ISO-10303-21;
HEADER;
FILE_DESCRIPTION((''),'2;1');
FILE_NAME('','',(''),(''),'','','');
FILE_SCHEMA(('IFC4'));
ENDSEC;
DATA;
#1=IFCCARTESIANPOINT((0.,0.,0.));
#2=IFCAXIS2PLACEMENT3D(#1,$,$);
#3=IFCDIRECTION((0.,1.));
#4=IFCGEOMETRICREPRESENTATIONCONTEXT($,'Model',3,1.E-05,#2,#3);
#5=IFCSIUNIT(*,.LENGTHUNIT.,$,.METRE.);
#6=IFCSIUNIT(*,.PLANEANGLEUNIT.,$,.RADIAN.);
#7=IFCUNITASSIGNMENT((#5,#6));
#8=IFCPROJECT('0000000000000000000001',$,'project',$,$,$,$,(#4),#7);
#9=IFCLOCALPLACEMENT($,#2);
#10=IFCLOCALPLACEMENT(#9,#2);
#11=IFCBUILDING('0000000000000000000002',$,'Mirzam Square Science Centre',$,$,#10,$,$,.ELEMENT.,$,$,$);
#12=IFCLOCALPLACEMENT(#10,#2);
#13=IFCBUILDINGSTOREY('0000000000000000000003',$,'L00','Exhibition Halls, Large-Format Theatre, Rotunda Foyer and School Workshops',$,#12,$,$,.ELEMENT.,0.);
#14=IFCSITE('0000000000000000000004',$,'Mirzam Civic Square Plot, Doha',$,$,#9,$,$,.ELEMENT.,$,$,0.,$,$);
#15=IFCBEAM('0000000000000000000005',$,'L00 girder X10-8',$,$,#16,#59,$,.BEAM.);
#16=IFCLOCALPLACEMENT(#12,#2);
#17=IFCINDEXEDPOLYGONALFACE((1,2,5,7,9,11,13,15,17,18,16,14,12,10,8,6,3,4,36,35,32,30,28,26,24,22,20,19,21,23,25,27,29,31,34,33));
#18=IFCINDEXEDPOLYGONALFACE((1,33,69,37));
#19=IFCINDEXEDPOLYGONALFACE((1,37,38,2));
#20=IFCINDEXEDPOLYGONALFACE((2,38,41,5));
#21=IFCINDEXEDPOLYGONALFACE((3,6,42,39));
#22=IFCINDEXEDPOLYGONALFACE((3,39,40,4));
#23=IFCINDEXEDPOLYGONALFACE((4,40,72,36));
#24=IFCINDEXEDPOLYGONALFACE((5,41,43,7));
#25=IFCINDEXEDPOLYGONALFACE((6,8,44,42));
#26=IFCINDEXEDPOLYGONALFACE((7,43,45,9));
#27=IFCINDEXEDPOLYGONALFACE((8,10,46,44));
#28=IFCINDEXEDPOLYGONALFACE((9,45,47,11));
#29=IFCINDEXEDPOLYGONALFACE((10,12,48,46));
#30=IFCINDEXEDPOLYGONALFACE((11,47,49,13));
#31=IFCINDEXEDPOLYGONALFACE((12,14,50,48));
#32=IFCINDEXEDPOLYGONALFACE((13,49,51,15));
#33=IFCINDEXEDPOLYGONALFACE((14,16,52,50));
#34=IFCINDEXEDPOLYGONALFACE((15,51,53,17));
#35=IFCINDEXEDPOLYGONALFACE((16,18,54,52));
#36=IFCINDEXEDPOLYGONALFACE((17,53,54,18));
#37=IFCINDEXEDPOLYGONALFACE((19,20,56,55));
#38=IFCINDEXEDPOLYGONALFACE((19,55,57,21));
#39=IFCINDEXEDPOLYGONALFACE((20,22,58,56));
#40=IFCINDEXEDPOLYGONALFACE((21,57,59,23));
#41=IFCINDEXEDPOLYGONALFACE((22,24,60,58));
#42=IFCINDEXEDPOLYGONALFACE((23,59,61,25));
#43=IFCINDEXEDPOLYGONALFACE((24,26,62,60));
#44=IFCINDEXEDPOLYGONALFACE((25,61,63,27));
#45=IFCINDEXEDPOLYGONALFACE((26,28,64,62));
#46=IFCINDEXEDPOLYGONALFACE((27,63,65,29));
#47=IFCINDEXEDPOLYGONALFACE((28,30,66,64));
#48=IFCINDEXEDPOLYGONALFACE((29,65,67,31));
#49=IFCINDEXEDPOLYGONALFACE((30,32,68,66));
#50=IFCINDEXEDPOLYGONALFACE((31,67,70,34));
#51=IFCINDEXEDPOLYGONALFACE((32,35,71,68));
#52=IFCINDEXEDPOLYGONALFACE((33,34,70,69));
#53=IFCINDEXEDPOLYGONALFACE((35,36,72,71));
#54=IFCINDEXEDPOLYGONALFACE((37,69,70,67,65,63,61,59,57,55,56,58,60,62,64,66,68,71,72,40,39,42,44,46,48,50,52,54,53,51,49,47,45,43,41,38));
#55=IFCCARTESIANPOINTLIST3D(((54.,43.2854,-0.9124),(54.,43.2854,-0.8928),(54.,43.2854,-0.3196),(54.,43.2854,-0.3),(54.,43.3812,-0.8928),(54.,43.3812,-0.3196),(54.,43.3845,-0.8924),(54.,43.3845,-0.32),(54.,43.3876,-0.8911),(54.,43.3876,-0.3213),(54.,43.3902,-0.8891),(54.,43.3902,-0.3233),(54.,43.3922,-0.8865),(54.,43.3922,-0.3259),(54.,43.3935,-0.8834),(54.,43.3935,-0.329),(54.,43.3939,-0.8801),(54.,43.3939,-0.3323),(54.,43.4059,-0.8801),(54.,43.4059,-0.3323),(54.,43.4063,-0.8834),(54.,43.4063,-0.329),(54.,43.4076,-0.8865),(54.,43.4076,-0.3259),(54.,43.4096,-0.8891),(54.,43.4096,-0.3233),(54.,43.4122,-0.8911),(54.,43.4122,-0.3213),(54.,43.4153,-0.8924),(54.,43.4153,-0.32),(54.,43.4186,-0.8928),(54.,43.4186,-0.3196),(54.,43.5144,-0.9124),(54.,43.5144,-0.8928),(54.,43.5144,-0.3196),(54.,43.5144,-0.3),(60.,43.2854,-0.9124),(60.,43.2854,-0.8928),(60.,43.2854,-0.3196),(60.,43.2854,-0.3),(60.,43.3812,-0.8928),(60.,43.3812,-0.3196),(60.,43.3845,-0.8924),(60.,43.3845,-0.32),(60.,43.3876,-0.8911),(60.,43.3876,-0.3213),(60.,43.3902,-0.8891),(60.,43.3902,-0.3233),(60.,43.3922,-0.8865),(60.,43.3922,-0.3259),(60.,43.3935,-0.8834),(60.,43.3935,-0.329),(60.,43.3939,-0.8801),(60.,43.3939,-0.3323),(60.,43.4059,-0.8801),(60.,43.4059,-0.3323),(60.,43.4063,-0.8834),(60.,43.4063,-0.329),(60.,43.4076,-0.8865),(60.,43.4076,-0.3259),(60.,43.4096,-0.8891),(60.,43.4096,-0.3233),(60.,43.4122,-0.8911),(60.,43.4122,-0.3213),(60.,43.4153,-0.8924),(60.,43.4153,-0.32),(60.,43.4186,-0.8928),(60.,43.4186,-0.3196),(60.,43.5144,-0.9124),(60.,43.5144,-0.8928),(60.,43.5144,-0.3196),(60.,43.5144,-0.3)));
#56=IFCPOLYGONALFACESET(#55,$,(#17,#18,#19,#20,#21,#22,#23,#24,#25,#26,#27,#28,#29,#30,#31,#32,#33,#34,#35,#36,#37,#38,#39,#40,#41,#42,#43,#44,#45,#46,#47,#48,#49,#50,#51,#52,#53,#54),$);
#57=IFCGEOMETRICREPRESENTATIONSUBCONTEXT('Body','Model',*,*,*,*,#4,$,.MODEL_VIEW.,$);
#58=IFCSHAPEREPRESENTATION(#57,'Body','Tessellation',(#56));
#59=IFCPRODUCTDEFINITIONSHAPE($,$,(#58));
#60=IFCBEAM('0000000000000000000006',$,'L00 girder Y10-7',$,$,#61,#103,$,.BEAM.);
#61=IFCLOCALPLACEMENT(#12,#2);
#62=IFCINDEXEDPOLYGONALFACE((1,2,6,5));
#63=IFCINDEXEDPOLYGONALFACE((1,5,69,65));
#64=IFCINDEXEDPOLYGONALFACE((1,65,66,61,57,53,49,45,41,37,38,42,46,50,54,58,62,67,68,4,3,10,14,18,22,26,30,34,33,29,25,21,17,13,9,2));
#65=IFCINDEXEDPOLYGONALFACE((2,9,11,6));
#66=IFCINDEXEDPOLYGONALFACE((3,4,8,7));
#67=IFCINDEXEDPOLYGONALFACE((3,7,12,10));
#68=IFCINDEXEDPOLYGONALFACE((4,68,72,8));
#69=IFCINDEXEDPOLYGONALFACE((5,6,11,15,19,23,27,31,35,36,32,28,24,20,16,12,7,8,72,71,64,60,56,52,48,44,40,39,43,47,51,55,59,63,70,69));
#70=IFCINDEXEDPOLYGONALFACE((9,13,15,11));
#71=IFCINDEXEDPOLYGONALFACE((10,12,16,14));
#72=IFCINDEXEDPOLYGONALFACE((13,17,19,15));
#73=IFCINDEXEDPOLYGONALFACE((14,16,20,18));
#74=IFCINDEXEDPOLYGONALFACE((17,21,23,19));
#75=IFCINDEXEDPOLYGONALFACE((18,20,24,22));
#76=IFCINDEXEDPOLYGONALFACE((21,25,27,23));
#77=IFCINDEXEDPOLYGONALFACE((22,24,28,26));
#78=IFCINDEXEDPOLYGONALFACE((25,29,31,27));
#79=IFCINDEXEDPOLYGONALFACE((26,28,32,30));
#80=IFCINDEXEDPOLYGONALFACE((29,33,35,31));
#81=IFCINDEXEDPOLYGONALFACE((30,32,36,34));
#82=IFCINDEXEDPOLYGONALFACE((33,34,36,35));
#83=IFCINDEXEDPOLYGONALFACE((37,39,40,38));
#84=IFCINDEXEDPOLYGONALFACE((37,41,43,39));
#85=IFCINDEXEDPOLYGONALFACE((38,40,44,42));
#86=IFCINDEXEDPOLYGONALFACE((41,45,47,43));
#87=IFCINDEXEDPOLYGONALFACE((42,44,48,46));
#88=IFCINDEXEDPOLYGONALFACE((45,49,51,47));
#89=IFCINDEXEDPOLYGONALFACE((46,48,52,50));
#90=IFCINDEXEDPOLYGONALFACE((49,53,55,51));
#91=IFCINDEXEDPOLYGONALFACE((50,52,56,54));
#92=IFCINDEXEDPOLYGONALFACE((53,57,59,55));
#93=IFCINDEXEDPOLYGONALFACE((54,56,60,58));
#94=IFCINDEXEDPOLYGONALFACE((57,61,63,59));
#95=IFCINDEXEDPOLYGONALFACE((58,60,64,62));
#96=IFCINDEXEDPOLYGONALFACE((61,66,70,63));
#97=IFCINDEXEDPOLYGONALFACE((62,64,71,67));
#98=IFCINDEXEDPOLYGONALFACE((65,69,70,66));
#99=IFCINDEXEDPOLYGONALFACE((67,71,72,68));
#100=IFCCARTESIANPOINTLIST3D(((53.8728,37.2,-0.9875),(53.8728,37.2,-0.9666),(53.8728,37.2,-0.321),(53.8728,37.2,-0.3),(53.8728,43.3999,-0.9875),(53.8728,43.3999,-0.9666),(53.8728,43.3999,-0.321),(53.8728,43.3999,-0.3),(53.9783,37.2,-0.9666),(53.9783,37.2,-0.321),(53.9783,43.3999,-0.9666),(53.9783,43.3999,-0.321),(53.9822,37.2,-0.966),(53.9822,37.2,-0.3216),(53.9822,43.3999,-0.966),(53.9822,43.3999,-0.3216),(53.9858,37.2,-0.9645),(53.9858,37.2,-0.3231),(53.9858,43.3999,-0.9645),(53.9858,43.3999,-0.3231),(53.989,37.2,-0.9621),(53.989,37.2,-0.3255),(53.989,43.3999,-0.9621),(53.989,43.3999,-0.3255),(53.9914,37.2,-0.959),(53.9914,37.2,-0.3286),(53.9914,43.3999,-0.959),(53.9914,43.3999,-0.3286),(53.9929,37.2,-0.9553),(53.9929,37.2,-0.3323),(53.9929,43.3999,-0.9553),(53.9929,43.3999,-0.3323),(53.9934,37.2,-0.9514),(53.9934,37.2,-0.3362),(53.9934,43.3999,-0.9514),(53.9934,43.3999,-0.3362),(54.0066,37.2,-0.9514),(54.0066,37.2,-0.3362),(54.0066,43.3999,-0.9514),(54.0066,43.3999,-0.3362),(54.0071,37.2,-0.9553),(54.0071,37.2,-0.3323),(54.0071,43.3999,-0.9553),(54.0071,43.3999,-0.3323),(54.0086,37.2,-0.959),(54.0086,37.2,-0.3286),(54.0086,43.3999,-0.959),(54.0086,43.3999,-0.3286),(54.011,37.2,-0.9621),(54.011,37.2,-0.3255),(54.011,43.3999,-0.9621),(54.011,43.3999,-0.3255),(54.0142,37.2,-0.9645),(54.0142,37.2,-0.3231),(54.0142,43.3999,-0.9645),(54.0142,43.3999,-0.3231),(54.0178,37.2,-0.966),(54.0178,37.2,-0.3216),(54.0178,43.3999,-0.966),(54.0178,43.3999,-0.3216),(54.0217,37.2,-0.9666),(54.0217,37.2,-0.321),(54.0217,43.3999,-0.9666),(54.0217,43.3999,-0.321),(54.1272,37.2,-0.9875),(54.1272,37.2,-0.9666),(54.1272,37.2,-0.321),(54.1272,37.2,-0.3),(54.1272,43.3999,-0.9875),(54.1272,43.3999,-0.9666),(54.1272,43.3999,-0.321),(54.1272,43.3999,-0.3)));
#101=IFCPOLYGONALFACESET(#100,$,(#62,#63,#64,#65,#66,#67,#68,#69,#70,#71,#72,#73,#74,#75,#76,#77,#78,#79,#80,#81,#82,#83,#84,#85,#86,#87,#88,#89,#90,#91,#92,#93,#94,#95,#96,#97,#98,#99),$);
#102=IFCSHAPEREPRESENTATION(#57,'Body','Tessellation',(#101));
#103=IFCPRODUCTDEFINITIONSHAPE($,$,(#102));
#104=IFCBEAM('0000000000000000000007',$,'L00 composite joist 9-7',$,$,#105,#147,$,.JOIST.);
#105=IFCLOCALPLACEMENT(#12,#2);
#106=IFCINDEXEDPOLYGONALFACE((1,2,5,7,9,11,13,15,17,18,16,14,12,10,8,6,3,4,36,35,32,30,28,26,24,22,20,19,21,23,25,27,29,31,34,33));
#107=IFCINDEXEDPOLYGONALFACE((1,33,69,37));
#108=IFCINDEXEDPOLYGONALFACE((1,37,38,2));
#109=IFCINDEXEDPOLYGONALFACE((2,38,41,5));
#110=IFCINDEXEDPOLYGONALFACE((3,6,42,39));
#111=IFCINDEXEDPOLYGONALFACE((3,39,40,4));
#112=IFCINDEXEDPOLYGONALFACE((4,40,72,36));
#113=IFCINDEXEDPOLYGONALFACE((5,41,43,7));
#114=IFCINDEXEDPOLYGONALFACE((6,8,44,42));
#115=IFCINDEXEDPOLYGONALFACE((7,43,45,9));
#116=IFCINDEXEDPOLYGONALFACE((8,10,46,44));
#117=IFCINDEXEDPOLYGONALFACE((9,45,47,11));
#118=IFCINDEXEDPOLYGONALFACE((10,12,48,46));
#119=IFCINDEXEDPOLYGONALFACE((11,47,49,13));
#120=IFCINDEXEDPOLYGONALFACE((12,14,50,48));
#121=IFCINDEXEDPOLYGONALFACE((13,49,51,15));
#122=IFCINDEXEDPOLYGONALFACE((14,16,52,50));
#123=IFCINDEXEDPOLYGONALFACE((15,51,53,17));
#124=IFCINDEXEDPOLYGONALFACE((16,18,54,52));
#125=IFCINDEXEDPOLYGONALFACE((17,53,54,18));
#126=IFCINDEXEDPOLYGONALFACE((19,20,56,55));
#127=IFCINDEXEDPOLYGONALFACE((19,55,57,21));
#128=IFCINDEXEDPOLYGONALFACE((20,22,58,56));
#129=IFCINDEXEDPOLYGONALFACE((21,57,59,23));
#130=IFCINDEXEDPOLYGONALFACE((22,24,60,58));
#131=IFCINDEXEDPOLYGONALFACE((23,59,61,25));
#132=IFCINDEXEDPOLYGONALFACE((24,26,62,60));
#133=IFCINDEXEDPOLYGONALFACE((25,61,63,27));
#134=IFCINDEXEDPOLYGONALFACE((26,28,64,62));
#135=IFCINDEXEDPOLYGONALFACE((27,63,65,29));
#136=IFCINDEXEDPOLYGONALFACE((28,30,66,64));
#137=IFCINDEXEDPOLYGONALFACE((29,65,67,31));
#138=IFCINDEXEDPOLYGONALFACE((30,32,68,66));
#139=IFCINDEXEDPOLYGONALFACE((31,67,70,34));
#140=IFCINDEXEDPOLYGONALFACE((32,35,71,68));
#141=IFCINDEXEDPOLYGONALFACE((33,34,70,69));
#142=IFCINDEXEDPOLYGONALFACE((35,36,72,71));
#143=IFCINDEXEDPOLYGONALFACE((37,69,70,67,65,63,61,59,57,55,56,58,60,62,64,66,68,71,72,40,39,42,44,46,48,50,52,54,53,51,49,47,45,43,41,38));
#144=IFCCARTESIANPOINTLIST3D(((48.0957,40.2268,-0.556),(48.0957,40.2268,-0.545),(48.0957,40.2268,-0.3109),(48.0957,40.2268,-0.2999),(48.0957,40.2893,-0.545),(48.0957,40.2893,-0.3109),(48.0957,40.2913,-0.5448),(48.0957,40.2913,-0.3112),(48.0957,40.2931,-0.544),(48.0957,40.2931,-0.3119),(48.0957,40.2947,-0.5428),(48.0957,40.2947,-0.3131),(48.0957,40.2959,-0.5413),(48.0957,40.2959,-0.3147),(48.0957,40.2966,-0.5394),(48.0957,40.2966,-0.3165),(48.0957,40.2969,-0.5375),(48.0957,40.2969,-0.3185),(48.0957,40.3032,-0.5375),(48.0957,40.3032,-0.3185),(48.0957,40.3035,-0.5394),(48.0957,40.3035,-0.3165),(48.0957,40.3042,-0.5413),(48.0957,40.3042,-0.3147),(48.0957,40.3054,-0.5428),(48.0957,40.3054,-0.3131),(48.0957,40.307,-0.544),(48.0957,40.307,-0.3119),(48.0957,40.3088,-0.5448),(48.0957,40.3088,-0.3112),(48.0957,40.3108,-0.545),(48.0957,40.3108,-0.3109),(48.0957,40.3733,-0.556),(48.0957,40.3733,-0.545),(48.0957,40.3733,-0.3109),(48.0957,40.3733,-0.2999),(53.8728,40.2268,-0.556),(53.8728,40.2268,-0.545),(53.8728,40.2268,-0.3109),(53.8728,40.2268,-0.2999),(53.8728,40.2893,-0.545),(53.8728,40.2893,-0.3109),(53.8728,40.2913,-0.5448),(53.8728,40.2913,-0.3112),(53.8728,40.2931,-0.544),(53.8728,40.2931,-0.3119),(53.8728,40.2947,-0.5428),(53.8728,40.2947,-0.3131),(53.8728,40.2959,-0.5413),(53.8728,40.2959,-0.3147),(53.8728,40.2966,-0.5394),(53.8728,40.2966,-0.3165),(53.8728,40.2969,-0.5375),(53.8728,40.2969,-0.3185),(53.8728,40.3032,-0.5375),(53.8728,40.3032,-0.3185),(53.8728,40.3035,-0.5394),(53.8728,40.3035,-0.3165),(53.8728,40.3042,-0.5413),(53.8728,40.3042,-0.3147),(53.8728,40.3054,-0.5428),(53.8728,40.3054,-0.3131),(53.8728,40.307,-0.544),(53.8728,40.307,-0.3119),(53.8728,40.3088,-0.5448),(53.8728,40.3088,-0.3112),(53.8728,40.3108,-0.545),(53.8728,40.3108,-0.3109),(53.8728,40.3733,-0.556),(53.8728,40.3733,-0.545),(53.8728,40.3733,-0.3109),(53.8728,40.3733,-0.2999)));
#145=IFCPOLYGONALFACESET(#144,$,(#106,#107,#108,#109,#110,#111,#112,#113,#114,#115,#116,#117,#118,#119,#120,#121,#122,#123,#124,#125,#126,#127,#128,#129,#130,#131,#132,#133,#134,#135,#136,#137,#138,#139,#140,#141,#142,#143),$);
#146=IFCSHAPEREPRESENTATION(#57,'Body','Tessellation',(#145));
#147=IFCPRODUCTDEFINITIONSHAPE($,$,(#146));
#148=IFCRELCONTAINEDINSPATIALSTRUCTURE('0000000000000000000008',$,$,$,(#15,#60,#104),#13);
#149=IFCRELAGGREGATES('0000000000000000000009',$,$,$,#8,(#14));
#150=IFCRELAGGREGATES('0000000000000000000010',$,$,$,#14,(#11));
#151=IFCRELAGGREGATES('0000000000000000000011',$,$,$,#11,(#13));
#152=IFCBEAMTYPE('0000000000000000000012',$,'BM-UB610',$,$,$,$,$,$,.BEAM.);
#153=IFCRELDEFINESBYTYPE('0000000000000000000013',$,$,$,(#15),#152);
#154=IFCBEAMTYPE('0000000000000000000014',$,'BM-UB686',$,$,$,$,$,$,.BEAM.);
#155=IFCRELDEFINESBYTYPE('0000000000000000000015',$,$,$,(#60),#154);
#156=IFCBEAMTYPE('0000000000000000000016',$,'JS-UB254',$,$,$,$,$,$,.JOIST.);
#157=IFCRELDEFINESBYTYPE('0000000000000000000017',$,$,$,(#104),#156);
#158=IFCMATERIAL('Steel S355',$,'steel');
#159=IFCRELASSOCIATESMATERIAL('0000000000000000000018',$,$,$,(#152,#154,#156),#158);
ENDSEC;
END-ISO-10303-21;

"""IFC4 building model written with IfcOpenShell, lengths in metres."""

from ifc_helpers import new_model, si_unit, direction, frame, origin, origin_2d, place, context, subcontext, project, spatial, i_section, extrude, material, material_profile, profile_set, type_object, element, save


model = new_model("IFC4")

# Units and contexts
model_context = context("Model", 3, precision=1e-05, world=origin(), true_north=direction((0.0, 1.0)))
body_context = subcontext(model_context, "Body", "Model", "MODEL_VIEW")
ifc_project = project(units=[si_unit("LENGTHUNIT", "METRE"), si_unit("PLANEANGLEUNIT", "RADIAN")], contexts=[model_context])

# Site, building, storey
site_placement = place(None, origin())
site = spatial("IfcSite", under=ifc_project, at=site_placement, Name="Mirzam Civic Square Plot, Doha", CompositionType="ELEMENT", RefElevation=0.0)
building_placement = place(site_placement, origin())
building = spatial("IfcBuilding", under=site, at=building_placement, Name="Mirzam Square Science Centre", CompositionType="ELEMENT")
storey_placement = place(building_placement, origin())
storey = spatial("IfcBuildingStorey", under=building, at=storey_placement, Name="L00", Description="Exhibition Halls, Large-Format Theatre, Rotunda Foyer and School Workshops", CompositionType="ELEMENT", Elevation=0.0)

# Shared definitions
ifc_material_1 = material(Name="Steel S355", Category="steel")

# Beams
ifc_material_profile_1 = material_profile(ifc_material_1, i_section(OverallWidth=0.229, OverallDepth=0.6123, WebThickness=0.012, FlangeThickness=0.0195, FilletRadius=0.0127, at=origin_2d()), Name="610x229x125UB")
ifc_profile_set_1 = profile_set([ifc_material_profile_1], Name="Steel S355")
beam_type_1 = type_object("IfcBeamType", Name="BM-UB610", PredefinedType="BEAM", material=ifc_profile_set_1)
beam_1_placement = place(storey_placement, frame((54.0, 43.3999, -0.6062), z_axis=(1.0, 0.0, 0.0), x_axis=(0.0, 1.0, 0.0)))
element("IfcBeam", 1, at=beam_1_placement, inside=storey, type_object=beam_type_1, Name="L00 girder X10-8", PredefinedType="BEAM", context=body_context, shape_type="SweptSolid", body=[
    extrude(i_section(OverallWidth=0.229, OverallDepth=0.6123, WebThickness=0.012, FlangeThickness=0.0195, FilletRadius=0.0127, at=origin_2d()), origin(), (0.0, 0.0, 1.0), 6.0),
])
ifc_material_profile_2 = material_profile(ifc_material_1, i_section(OverallWidth=0.2544, OverallDepth=0.6875, WebThickness=0.0132, FlangeThickness=0.021, FilletRadius=0.0151, at=origin_2d()), Name="686x254x152UB")
ifc_profile_set_2 = profile_set([ifc_material_profile_2], Name="Steel S355")
beam_type_2 = type_object("IfcBeamType", Name="BM-UB686", PredefinedType="BEAM", material=ifc_profile_set_2)
beam_2_placement = place(storey_placement, frame((54.0, 37.2, -0.6438), z_axis=(0.0, 1.0, 0.0), x_axis=(-1.0, 0.0, 0.0)))
element("IfcBeam", 2, at=beam_2_placement, inside=storey, type_object=beam_type_2, Name="L00 girder Y10-7", PredefinedType="BEAM", context=body_context, shape_type="SweptSolid", body=[
    extrude(i_section(OverallWidth=0.2544, OverallDepth=0.6875, WebThickness=0.0132, FlangeThickness=0.021, FilletRadius=0.0151, at=origin_2d()), origin(), (0.0, 0.0, 1.0), 6.2),
])
ifc_material_profile_3 = material_profile(ifc_material_1, i_section(OverallWidth=0.1465, OverallDepth=0.2561, WebThickness=0.0063, FlangeThickness=0.011, FilletRadius=0.0076, at=origin_2d()), Name="254x146x37UB")
ifc_profile_set_3 = profile_set([ifc_material_profile_3], Name="Steel S355")
beam_type_3 = type_object("IfcBeamType", Name="JS-UB254", PredefinedType="JOIST", material=ifc_profile_set_3)
beam_3_placement = place(storey_placement, frame((48.0957, 40.3, -0.428), z_axis=(1.0, 0.0, 0.0), x_axis=(0.0, 1.0, 0.0)))
element("IfcBeam", 3, at=beam_3_placement, inside=storey, type_object=beam_type_3, Name="L00 composite joist 9-7", PredefinedType="JOIST", context=body_context, shape_type="SweptSolid", body=[
    extrude(i_section(OverallWidth=0.1465, OverallDepth=0.2561, WebThickness=0.0063, FlangeThickness=0.011, FilletRadius=0.0076, at=origin_2d()), origin(), (0.0, 0.0, 1.0), 5.7771),
])

save(model, "model.ifc")
